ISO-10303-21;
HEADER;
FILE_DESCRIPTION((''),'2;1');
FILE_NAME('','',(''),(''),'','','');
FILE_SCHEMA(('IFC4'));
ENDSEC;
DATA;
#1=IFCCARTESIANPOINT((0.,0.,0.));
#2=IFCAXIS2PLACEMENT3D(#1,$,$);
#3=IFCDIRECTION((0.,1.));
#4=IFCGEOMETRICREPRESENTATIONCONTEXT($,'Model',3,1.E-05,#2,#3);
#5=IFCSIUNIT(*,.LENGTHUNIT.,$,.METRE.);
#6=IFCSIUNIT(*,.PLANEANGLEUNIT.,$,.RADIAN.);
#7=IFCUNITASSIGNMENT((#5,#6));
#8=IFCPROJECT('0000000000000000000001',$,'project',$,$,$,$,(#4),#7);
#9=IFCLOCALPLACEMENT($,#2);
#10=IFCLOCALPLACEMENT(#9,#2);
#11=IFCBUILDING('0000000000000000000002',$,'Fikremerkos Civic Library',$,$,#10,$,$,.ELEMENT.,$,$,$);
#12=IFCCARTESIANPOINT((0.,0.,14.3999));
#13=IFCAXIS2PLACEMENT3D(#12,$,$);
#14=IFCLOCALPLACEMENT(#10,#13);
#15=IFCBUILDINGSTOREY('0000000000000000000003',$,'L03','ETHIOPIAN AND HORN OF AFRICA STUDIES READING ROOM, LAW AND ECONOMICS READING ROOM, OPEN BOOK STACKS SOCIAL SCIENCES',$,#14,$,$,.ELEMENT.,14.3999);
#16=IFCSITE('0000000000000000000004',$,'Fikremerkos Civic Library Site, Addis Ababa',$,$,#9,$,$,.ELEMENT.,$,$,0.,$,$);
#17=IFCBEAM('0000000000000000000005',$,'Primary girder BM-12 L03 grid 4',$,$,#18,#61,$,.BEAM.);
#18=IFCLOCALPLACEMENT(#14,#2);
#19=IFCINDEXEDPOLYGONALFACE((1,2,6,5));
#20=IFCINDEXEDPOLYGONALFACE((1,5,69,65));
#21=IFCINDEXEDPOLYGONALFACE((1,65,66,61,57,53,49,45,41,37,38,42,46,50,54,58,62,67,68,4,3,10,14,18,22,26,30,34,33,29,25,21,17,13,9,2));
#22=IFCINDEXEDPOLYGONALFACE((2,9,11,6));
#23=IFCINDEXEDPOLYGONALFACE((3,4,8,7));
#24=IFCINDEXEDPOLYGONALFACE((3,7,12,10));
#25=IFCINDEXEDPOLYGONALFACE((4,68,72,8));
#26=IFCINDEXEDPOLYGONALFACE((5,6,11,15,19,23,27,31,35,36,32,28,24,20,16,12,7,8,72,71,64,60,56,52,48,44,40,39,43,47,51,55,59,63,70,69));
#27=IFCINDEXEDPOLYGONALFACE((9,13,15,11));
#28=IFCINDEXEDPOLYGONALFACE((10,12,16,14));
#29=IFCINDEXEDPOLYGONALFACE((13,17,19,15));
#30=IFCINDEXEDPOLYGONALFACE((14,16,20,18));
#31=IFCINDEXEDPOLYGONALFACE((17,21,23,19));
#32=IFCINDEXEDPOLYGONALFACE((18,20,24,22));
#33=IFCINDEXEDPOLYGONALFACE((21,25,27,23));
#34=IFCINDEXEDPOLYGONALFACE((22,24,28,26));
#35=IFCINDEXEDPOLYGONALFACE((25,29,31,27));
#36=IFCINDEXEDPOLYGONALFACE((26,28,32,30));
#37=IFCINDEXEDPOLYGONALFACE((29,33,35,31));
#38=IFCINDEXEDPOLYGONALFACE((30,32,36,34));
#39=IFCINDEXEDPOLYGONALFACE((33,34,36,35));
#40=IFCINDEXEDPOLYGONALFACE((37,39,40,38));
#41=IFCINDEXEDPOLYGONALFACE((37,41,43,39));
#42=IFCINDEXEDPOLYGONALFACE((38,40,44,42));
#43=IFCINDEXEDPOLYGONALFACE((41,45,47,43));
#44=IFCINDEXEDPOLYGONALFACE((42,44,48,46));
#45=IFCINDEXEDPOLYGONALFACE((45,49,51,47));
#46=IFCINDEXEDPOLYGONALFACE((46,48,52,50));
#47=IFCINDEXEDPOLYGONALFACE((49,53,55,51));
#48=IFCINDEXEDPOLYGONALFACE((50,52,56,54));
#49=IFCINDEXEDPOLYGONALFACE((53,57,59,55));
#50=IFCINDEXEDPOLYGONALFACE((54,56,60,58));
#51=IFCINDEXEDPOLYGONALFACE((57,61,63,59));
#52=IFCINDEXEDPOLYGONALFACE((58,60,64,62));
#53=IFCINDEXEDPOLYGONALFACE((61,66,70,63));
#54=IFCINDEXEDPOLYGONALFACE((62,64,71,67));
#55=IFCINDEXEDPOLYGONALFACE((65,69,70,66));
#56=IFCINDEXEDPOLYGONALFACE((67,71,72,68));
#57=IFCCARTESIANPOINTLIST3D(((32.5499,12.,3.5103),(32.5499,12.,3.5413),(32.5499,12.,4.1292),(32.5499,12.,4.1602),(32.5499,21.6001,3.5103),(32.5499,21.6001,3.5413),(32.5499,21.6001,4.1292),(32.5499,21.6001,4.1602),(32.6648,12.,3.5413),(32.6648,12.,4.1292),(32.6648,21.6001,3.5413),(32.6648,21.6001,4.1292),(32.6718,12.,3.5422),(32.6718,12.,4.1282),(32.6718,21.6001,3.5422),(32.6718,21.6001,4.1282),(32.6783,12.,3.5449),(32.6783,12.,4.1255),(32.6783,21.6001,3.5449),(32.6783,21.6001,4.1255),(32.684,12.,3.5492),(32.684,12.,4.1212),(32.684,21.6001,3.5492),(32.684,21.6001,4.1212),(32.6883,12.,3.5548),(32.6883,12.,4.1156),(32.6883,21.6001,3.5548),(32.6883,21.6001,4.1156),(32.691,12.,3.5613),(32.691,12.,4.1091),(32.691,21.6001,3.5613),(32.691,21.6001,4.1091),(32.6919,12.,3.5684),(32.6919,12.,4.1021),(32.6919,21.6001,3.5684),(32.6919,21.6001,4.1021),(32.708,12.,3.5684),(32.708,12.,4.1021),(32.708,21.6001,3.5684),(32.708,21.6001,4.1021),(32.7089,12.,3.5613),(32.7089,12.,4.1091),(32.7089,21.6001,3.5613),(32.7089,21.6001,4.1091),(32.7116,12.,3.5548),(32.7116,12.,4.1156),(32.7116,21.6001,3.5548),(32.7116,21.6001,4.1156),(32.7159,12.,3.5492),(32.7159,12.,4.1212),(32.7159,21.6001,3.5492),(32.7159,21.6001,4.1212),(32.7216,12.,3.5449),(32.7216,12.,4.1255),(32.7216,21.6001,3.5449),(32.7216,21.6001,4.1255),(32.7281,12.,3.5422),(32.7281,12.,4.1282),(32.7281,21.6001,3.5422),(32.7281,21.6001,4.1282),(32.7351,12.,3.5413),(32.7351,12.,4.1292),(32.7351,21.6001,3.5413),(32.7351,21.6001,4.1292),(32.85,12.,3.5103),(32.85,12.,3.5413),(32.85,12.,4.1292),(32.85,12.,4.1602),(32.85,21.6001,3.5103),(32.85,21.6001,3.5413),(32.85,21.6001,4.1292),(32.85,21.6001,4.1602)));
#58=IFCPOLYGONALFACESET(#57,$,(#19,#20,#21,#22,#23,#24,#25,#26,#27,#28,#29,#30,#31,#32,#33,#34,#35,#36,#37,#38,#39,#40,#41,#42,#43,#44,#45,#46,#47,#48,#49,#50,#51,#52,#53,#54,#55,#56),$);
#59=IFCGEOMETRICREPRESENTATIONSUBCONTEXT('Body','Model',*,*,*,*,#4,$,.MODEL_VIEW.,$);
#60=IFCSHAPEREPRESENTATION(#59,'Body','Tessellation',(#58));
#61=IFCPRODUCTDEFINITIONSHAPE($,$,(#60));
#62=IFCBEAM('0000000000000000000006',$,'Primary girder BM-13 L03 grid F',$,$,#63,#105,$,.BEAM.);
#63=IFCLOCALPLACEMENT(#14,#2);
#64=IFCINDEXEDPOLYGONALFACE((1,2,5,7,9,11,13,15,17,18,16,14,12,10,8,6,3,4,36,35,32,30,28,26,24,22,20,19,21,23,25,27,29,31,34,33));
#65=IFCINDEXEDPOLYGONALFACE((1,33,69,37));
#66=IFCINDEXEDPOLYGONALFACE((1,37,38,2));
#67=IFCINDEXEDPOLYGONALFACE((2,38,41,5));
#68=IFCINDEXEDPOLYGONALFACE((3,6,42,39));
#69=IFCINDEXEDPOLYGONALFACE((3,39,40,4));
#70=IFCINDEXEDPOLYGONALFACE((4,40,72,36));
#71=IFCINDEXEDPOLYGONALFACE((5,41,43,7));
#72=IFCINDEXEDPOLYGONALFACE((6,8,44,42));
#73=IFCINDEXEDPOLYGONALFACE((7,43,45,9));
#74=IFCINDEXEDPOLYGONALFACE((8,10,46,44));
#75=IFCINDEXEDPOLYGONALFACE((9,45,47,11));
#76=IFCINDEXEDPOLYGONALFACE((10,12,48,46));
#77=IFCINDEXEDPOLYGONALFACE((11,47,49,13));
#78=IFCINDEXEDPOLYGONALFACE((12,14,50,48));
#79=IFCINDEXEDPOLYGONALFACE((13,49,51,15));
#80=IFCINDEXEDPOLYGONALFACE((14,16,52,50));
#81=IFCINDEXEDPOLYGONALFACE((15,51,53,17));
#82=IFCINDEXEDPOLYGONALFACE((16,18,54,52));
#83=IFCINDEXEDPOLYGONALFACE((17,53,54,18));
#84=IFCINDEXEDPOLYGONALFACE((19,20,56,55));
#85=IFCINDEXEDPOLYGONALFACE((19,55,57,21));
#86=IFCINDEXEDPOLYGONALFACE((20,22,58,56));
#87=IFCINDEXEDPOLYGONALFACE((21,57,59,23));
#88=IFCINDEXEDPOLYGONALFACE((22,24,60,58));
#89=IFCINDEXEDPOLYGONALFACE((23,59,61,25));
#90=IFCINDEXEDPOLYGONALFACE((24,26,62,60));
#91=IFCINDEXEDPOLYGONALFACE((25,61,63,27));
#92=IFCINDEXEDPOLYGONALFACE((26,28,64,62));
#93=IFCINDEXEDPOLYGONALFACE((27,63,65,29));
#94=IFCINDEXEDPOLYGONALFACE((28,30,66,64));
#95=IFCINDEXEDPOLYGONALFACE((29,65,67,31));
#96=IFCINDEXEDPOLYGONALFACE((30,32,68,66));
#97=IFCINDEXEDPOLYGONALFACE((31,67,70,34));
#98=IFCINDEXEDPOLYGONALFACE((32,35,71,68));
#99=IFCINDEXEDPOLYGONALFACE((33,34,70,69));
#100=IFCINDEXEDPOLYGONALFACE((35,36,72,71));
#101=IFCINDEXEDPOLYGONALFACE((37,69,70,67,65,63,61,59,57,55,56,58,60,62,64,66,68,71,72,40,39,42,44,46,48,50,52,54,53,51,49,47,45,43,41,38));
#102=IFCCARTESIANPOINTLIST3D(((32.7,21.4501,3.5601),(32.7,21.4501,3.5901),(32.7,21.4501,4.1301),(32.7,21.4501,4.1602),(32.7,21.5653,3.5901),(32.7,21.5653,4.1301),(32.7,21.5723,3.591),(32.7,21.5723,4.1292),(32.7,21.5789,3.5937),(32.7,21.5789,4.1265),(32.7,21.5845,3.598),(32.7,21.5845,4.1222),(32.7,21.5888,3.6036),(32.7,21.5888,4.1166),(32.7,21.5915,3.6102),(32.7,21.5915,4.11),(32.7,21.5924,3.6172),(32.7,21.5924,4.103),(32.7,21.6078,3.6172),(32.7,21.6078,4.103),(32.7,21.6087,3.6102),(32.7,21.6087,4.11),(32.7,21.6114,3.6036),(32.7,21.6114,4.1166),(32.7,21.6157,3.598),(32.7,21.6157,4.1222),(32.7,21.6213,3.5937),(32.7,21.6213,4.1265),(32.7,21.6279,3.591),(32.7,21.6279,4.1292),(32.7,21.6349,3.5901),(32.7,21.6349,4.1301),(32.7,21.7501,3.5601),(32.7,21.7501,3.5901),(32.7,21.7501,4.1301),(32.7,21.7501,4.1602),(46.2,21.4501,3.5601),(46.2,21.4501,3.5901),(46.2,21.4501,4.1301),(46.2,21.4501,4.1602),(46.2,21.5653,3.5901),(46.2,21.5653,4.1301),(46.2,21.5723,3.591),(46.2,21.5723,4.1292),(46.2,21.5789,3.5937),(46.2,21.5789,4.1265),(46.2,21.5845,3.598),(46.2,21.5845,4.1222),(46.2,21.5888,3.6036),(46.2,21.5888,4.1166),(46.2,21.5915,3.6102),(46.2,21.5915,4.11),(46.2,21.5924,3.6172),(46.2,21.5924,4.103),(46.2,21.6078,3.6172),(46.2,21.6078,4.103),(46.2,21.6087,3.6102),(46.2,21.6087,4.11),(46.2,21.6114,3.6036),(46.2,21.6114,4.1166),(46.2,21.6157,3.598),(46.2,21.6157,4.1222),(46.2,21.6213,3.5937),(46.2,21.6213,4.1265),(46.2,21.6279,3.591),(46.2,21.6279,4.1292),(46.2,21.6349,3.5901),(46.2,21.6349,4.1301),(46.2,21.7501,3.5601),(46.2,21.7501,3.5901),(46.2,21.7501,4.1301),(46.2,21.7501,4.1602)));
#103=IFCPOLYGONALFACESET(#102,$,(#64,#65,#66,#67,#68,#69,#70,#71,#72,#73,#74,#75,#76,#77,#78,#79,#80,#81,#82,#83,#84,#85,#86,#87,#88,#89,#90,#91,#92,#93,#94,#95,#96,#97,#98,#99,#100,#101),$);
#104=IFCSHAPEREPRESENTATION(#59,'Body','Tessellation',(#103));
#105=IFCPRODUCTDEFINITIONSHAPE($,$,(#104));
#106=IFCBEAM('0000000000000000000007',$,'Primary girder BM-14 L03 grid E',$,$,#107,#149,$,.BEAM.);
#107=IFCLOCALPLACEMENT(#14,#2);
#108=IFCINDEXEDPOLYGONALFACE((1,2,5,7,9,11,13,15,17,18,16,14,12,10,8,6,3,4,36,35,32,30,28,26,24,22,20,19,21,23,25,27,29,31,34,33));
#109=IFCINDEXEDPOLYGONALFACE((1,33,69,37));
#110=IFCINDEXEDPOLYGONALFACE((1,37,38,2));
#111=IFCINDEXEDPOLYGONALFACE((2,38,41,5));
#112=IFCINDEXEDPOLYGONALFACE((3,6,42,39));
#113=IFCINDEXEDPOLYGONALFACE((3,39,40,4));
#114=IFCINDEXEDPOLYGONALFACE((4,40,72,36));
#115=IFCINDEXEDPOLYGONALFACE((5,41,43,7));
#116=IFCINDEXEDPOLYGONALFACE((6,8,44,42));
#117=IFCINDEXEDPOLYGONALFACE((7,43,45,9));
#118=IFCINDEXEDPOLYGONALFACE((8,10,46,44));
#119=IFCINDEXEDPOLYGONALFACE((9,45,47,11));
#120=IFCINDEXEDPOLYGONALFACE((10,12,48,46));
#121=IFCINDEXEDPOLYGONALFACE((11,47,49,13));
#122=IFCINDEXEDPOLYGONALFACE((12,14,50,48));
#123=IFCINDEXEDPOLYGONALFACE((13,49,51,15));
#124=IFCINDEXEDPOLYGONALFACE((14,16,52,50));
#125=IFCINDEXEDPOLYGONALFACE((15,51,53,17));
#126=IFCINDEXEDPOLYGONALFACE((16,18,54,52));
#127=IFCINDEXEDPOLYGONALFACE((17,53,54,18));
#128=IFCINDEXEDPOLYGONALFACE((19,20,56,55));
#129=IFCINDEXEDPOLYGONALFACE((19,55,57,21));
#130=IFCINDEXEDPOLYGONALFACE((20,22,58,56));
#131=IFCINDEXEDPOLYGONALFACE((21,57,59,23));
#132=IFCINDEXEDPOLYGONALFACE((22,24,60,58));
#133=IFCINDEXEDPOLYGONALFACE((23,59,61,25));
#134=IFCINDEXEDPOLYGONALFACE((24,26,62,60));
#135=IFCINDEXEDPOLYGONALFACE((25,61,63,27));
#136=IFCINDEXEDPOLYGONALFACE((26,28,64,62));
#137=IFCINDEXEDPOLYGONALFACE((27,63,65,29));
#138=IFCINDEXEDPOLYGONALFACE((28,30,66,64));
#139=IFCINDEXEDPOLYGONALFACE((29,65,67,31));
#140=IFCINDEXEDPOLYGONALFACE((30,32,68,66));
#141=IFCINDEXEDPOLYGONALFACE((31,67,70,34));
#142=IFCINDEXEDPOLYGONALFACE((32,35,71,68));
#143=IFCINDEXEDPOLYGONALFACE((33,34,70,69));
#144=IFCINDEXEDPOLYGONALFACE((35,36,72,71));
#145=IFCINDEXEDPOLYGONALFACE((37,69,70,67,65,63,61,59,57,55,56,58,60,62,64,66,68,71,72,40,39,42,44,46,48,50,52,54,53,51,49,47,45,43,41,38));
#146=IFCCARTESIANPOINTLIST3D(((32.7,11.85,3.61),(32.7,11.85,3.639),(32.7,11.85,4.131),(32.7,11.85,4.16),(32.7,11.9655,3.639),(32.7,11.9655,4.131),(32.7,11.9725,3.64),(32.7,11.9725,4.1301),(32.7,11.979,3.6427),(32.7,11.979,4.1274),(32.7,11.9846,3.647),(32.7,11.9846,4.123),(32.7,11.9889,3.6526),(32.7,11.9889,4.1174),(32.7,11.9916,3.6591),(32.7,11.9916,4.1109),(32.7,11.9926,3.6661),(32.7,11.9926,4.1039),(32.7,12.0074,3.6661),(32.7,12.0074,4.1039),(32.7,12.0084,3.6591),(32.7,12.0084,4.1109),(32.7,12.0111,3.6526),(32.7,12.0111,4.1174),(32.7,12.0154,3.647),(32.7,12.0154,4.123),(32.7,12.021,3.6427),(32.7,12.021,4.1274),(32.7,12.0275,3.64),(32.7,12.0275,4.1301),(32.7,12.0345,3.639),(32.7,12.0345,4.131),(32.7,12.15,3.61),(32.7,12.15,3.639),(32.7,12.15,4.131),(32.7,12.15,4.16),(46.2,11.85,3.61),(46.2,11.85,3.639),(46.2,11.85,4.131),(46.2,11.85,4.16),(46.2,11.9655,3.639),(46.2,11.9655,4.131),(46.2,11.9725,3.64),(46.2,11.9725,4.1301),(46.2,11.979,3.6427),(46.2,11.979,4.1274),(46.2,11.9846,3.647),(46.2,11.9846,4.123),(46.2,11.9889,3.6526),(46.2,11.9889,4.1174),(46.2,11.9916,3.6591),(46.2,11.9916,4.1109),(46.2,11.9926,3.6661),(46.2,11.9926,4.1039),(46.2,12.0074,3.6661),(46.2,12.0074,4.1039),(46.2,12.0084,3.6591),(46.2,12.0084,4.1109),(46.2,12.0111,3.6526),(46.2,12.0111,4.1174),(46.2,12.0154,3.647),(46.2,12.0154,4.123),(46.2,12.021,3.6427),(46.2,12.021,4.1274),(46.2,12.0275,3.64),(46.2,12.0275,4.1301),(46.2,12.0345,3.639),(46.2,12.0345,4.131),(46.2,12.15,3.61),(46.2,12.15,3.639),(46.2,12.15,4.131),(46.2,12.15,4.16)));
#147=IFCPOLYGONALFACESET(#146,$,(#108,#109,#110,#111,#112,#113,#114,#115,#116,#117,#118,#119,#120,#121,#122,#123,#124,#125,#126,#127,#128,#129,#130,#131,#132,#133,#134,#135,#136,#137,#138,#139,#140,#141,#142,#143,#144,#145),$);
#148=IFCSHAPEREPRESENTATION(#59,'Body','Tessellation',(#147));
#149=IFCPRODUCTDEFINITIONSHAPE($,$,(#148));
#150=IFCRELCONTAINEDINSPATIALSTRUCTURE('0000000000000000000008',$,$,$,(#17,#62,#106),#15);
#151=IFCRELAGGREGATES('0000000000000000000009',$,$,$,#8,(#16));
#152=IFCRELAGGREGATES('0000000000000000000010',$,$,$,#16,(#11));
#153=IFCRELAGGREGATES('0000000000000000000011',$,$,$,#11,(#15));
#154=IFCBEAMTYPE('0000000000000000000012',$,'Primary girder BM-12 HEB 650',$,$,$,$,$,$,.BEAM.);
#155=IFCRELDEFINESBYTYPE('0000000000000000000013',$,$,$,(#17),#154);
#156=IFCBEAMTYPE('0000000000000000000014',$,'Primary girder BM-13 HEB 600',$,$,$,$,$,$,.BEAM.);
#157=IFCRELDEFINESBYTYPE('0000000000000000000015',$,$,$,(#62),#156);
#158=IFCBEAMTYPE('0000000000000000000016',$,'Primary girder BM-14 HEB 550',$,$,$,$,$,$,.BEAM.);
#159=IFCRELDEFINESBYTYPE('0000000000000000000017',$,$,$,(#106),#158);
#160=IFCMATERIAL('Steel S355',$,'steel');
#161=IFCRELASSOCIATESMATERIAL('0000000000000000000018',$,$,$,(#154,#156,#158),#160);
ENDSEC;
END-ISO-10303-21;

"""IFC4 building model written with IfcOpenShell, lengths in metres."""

from ifc_helpers import new_model, si_unit, direction, frame, origin, origin_2d, place, context, subcontext, project, spatial, i_section, extrude, material, material_profile, profile_set, type_object, element, save


model = new_model("IFC4")

# Units and contexts
model_context = context("Model", 3, precision=1e-05, world=origin(), true_north=direction((0.0, 1.0)))
body_context = subcontext(model_context, "Body", "Model", "MODEL_VIEW")
ifc_project = project(units=[si_unit("LENGTHUNIT", "METRE"), si_unit("PLANEANGLEUNIT", "RADIAN")], contexts=[model_context])

# Site, building, storey
site_placement = place(None, origin())
site = spatial("IfcSite", under=ifc_project, at=site_placement, Name="Fikremerkos Civic Library Site, Addis Ababa", CompositionType="ELEMENT", RefElevation=0.0)
building_placement = place(site_placement, origin())
building = spatial("IfcBuilding", under=site, at=building_placement, Name="Fikremerkos Civic Library", CompositionType="ELEMENT")
storey_placement = place(building_placement, frame((0.0, 0.0, 14.3999)))
storey = spatial("IfcBuildingStorey", under=building, at=storey_placement, Name="L03", Description="ETHIOPIAN AND HORN OF AFRICA STUDIES READING ROOM, LAW AND ECONOMICS READING ROOM, OPEN BOOK STACKS SOCIAL SCIENCES", CompositionType="ELEMENT", Elevation=14.3999)

# Shared definitions
ifc_material_1 = material(Name="Steel S355", Category="steel")

# Beams
ifc_material_profile_1 = material_profile(ifc_material_1, i_section(OverallWidth=0.3, OverallDepth=0.6499, WebThickness=0.0161, FlangeThickness=0.031, FilletRadius=0.0271, at=origin_2d()), Name="HEB 650")
ifc_profile_set_1 = profile_set([ifc_material_profile_1], Name="Steel S355")
beam_type_1 = type_object("IfcBeamType", Name="Primary girder BM-12 HEB 650", PredefinedType="BEAM", material=ifc_profile_set_1)
beam_1_placement = place(storey_placement, frame((32.7, 12.0, 3.8352), z_axis=(0.0, 1.0, 0.0), x_axis=(-1.0, 0.0, 0.0)))
element("IfcBeam", 1, at=beam_1_placement, inside=storey, type_object=beam_type_1, Name="Primary girder BM-12 L03 grid 4", PredefinedType="BEAM", context=body_context, shape_type="SweptSolid", body=[
    extrude(i_section(OverallWidth=0.3, OverallDepth=0.6499, WebThickness=0.0161, FlangeThickness=0.031, FilletRadius=0.0271, at=origin_2d()), origin(), (0.0, 0.0, 1.0), 9.6001),
])
ifc_material_profile_2 = material_profile(ifc_material_1, i_section(OverallWidth=0.3, OverallDepth=0.6001, WebThickness=0.0154, FlangeThickness=0.03, FilletRadius=0.0271, at=origin_2d()), Name="HEB 600")
ifc_profile_set_2 = profile_set([ifc_material_profile_2], Name="Steel S355")
beam_type_2 = type_object("IfcBeamType", Name="Primary girder BM-13 HEB 600", PredefinedType="BEAM", material=ifc_profile_set_2)
beam_2_placement = place(storey_placement, frame((32.7, 21.6001, 3.8601), z_axis=(1.0, 0.0, 0.0), x_axis=(0.0, 1.0, 0.0)))
element("IfcBeam", 2, at=beam_2_placement, inside=storey, type_object=beam_type_2, Name="Primary girder BM-13 L03 grid F", PredefinedType="BEAM", context=body_context, shape_type="SweptSolid", body=[
    extrude(i_section(OverallWidth=0.3, OverallDepth=0.6001, WebThickness=0.0154, FlangeThickness=0.03, FilletRadius=0.0271, at=origin_2d()), origin(), (0.0, 0.0, 1.0), 13.5),
])
ifc_material_profile_3 = material_profile(ifc_material_1, i_section(OverallWidth=0.3, OverallDepth=0.55, WebThickness=0.0149, FlangeThickness=0.0291, FilletRadius=0.0271, at=origin_2d()), Name="HEB 550")
ifc_profile_set_3 = profile_set([ifc_material_profile_3], Name="Steel S355")
beam_type_3 = type_object("IfcBeamType", Name="Primary girder BM-14 HEB 550", PredefinedType="BEAM", material=ifc_profile_set_3)
beam_3_placement = place(storey_placement, frame((32.7, 12.0, 3.885), z_axis=(1.0, 0.0, 0.0), x_axis=(0.0, 1.0, 0.0)))
element("IfcBeam", 3, at=beam_3_placement, inside=storey, type_object=beam_type_3, Name="Primary girder BM-14 L03 grid E", PredefinedType="BEAM", context=body_context, shape_type="SweptSolid", body=[
    extrude(i_section(OverallWidth=0.3, OverallDepth=0.55, WebThickness=0.0149, FlangeThickness=0.0291, FilletRadius=0.0271, at=origin_2d()), origin(), (0.0, 0.0, 1.0), 13.5),
])

save(model, "model.ifc")
